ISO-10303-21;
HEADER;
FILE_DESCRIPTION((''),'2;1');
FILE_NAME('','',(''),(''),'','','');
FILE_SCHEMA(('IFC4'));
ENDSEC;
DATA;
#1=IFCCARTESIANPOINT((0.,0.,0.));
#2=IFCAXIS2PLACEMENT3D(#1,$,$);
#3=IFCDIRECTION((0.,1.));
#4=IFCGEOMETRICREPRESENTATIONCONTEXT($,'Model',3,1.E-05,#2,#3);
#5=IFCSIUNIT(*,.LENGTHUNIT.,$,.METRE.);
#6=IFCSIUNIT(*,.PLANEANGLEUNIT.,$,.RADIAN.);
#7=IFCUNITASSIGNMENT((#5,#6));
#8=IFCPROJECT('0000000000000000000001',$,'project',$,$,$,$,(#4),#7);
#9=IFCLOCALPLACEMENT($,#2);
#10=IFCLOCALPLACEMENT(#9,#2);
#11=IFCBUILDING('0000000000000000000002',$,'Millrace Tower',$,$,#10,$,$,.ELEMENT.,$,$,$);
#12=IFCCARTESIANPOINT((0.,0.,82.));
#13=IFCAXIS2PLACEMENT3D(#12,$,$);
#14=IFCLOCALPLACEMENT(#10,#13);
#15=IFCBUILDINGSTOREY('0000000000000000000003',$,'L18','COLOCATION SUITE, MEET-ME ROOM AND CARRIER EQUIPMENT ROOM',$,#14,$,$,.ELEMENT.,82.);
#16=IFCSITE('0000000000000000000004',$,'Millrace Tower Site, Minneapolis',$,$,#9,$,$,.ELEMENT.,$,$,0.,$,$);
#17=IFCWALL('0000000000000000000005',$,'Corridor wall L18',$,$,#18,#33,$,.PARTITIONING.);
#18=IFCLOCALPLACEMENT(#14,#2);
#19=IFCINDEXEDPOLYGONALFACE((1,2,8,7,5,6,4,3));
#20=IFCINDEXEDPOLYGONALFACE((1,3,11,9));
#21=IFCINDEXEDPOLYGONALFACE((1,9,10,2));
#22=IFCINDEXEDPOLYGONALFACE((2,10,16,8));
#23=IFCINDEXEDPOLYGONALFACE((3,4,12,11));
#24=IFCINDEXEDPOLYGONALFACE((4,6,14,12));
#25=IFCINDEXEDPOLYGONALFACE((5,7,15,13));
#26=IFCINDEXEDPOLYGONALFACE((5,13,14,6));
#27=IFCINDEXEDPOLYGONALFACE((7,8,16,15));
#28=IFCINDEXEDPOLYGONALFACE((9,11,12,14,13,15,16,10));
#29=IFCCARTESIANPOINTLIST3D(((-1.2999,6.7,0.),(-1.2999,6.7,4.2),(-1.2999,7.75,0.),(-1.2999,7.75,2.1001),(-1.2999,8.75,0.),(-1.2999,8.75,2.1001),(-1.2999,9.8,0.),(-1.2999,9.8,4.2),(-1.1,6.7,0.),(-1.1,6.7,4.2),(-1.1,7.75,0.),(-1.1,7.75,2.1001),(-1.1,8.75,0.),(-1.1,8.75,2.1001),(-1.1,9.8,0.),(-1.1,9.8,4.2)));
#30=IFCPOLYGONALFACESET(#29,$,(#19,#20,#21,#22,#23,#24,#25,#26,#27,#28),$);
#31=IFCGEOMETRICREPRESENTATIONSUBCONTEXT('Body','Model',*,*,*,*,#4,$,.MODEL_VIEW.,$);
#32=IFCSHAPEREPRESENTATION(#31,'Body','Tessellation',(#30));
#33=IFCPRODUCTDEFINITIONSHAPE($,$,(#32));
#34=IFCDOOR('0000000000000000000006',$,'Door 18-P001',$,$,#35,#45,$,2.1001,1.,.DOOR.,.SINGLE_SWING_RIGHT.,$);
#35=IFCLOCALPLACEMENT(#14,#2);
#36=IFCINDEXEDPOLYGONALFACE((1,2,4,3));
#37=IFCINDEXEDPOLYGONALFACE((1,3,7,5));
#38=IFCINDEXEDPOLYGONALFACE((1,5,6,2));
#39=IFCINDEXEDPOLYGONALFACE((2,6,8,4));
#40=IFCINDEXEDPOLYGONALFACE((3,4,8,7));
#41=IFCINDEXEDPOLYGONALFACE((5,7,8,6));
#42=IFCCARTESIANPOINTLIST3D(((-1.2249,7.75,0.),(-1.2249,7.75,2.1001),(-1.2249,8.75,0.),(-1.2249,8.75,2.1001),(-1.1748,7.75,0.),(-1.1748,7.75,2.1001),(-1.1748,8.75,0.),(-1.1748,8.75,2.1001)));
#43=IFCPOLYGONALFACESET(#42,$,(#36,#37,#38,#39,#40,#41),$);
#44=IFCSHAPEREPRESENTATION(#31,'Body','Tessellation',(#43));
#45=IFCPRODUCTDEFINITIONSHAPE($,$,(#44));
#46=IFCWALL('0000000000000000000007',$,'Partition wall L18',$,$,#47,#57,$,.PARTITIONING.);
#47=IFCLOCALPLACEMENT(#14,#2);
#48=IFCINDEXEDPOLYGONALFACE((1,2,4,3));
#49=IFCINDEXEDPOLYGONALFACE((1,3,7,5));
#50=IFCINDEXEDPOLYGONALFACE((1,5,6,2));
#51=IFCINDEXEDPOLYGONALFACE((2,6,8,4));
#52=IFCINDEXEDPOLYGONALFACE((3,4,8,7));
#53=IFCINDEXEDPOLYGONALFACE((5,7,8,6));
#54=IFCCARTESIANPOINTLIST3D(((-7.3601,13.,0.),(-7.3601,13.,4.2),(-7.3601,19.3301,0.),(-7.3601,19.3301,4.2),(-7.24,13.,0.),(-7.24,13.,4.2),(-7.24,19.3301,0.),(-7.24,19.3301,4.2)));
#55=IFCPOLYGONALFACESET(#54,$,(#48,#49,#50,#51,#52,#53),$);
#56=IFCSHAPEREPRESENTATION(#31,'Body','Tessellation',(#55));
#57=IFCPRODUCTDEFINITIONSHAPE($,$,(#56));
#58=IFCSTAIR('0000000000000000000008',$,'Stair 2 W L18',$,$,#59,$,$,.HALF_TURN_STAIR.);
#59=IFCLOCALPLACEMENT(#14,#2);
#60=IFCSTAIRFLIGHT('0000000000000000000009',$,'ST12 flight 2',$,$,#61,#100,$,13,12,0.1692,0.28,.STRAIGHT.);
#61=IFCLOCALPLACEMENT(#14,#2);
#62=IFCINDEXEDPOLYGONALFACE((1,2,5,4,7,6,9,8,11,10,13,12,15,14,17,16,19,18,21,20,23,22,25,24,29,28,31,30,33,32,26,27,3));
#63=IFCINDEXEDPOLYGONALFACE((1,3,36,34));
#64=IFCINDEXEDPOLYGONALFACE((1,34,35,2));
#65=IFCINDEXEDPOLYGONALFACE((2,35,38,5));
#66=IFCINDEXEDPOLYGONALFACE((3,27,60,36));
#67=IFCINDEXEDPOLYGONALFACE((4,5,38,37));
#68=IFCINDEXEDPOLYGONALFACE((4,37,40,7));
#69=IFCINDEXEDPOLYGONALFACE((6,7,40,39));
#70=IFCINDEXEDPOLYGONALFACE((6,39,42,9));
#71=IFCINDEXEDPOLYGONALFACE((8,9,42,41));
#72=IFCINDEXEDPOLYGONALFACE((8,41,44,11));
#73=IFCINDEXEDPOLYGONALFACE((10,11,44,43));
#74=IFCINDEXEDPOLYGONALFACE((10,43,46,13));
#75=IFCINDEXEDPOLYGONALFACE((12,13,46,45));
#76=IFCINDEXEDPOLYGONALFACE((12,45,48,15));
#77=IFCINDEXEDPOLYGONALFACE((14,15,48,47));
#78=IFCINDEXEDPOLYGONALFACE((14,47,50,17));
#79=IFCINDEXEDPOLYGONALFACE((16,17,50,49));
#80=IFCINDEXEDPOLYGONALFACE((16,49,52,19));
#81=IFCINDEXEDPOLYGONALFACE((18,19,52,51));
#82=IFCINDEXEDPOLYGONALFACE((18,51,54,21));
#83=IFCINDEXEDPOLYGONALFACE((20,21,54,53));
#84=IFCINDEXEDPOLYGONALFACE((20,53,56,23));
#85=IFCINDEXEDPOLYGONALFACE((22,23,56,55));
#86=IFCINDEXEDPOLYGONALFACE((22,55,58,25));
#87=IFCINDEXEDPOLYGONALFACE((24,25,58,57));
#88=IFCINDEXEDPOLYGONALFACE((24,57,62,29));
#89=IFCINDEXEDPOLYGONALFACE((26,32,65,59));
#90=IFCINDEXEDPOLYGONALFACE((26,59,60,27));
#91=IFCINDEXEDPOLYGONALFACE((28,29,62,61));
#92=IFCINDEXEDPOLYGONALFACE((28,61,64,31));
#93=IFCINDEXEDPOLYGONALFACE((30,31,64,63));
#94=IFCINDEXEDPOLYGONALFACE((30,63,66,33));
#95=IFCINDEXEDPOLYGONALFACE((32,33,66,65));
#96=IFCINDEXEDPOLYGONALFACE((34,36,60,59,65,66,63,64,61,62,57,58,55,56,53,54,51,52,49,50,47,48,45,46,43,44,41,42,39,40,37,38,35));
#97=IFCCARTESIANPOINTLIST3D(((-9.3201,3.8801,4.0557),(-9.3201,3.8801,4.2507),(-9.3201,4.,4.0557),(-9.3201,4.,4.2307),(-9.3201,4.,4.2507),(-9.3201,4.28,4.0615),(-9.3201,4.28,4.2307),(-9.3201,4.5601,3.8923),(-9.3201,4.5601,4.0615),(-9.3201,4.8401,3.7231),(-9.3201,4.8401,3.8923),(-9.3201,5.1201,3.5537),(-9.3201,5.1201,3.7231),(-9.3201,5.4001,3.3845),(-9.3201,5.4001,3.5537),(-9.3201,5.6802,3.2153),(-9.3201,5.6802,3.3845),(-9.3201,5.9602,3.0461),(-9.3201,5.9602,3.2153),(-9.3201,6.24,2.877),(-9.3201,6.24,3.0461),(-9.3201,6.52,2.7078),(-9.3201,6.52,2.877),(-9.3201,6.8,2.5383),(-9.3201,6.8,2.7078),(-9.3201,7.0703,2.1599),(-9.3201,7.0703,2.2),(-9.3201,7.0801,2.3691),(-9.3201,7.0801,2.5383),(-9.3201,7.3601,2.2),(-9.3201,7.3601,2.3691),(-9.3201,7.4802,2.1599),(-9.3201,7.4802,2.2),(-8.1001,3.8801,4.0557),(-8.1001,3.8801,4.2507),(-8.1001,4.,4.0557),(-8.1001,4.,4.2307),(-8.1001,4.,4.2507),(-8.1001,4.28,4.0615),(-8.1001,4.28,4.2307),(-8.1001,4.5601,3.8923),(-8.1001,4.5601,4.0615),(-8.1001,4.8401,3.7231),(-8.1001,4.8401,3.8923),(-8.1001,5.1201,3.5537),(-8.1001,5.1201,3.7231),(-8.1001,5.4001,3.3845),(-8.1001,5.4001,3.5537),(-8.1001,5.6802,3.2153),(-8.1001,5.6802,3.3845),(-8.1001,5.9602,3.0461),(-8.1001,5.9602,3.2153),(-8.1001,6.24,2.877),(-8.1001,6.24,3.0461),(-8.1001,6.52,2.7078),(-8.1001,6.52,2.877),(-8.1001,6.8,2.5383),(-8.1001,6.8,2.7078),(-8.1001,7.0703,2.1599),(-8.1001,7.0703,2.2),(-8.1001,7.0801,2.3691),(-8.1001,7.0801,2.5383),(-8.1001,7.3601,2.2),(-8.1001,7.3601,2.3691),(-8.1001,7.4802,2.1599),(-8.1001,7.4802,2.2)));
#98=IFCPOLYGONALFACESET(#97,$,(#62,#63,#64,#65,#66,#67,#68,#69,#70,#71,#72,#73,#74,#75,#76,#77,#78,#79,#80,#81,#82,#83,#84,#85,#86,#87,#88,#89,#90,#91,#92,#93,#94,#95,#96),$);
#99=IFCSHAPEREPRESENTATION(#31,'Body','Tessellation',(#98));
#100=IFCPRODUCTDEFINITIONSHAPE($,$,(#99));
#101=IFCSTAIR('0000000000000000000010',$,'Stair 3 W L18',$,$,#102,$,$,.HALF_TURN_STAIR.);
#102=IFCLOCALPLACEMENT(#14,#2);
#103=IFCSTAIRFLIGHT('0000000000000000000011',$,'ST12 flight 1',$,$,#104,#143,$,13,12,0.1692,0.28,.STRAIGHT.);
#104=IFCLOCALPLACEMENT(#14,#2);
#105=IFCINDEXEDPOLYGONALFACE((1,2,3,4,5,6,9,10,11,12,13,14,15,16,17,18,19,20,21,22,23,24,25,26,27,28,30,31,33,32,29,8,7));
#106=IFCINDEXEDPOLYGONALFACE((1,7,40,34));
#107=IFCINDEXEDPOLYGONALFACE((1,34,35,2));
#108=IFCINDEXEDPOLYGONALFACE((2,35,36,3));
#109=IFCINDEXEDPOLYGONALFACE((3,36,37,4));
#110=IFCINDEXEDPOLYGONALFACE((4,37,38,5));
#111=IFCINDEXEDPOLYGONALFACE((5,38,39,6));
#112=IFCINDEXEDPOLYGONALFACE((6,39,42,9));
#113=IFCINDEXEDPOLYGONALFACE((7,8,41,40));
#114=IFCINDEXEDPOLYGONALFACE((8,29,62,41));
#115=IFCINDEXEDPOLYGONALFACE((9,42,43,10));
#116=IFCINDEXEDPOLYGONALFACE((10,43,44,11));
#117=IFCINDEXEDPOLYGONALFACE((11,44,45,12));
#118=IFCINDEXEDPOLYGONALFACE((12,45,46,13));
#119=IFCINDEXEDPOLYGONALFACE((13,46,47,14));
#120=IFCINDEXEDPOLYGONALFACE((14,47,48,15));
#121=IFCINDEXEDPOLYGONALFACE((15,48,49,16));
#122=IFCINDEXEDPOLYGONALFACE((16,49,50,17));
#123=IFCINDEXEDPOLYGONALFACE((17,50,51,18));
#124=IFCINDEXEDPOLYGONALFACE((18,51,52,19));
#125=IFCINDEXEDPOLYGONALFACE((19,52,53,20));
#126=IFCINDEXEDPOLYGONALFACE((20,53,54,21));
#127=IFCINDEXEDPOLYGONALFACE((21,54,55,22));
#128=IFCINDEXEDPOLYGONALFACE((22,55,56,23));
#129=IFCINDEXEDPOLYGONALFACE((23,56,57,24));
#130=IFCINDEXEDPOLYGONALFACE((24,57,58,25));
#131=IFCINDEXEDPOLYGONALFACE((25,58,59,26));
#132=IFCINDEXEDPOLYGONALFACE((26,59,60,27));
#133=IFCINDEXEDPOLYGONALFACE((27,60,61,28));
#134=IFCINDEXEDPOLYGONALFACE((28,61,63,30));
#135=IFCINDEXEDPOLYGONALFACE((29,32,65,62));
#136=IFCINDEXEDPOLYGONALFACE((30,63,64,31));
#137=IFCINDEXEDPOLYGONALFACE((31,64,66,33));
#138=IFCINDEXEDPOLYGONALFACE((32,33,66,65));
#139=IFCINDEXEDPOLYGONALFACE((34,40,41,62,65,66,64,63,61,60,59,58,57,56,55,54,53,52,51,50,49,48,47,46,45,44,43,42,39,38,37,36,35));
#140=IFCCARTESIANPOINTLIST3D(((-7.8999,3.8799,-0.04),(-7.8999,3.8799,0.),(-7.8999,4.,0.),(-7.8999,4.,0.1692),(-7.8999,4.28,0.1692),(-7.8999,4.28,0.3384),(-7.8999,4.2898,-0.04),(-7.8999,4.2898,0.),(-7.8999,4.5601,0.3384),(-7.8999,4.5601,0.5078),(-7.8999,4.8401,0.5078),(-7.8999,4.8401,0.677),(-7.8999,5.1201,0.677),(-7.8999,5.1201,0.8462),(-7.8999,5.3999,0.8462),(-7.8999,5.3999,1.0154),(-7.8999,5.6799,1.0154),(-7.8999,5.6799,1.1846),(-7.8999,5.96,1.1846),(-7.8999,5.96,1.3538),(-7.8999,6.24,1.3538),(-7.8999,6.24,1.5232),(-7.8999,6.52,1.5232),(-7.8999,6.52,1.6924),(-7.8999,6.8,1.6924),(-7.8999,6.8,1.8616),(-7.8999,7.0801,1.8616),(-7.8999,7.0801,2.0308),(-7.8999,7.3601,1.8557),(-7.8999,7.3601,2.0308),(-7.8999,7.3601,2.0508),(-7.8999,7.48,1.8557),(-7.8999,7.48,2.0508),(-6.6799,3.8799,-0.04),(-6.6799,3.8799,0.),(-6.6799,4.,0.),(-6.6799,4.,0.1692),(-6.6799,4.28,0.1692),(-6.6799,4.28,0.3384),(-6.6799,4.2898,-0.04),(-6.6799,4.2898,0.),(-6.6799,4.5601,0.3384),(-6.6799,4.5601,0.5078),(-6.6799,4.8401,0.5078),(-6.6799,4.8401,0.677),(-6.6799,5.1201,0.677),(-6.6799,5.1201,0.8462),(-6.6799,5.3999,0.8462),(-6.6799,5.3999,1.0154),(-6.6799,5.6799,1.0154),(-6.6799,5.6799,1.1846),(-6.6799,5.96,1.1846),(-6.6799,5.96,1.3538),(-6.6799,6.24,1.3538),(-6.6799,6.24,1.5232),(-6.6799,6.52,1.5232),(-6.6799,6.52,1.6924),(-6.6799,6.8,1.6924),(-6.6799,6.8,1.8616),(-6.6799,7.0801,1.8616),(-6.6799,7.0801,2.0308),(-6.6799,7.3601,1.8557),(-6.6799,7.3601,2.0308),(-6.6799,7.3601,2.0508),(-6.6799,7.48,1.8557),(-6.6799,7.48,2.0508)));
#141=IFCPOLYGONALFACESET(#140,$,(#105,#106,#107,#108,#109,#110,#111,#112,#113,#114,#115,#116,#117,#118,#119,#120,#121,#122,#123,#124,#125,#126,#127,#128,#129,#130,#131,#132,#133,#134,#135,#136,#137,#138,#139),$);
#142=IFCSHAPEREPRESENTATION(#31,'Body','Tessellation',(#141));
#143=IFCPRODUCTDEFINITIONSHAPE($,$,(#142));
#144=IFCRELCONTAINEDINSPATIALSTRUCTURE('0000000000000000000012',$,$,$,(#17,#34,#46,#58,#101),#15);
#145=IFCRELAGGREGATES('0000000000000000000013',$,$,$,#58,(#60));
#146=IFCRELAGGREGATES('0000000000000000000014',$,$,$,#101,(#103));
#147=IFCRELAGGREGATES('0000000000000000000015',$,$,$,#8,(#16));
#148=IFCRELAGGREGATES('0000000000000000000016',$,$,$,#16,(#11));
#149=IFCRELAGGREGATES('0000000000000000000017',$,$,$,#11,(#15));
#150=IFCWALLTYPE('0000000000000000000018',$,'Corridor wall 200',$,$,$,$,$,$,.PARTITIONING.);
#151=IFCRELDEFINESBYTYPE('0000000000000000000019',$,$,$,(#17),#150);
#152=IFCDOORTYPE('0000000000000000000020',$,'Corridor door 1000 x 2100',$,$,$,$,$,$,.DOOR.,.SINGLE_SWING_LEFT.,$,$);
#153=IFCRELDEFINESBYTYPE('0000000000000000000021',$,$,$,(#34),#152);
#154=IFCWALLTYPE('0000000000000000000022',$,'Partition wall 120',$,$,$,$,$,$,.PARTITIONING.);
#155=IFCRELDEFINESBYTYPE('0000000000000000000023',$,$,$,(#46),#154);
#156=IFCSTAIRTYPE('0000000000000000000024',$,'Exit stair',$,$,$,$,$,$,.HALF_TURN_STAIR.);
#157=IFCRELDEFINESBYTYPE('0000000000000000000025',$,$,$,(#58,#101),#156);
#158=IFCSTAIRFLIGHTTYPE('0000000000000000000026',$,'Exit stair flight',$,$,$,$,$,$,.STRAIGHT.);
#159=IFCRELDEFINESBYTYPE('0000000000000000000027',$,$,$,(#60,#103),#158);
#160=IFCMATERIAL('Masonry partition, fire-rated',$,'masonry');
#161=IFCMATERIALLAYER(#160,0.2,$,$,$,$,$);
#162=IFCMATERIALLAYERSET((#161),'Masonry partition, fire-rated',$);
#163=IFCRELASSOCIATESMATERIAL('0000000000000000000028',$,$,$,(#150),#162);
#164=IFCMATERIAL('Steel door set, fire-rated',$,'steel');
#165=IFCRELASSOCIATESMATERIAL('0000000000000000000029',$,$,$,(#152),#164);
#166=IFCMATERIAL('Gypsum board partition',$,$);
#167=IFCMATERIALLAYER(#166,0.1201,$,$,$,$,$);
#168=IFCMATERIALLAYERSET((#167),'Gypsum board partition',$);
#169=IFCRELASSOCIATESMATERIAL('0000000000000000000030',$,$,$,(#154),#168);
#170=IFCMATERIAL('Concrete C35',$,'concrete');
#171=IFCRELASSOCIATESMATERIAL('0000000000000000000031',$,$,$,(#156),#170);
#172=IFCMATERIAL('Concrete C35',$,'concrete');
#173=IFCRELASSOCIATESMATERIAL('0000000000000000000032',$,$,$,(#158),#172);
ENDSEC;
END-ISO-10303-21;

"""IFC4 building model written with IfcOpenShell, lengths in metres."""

from ifc_helpers import new_model, si_unit, direction, frame, frame_2d, origin, place, context, subcontext, project, spatial, polyline, rectangle, outline, extrude, material, layer, layer_set, type_object, element, fill, aggregate, save


model = new_model("IFC4")

# Units and contexts
model_context = context("Model", 3, precision=1e-05, world=origin(), true_north=direction((0.0, 1.0)))
body_context = subcontext(model_context, "Body", "Model", "MODEL_VIEW")
ifc_project = project(units=[si_unit("LENGTHUNIT", "METRE"), si_unit("PLANEANGLEUNIT", "RADIAN")], contexts=[model_context])

# Site, building, storey
site_placement = place(None, origin())
site = spatial("IfcSite", under=ifc_project, at=site_placement, Name="Millrace Tower Site, Minneapolis", CompositionType="ELEMENT", RefElevation=0.0)
building_placement = place(site_placement, origin())
building = spatial("IfcBuilding", under=site, at=building_placement, Name="Millrace Tower", CompositionType="ELEMENT")
storey_placement = place(building_placement, frame((0.0, 0.0, 82.0)))
storey = spatial("IfcBuildingStorey", under=building, at=storey_placement, Name="L18", Description="COLOCATION SUITE, MEET-ME ROOM AND CARRIER EQUIPMENT ROOM", CompositionType="ELEMENT", Elevation=82.0)

# Shared definitions
placement = place(storey_placement, origin())

# Shared definitions
ifc_material_1 = material(Name="Masonry partition, fire-rated", Category="masonry")
ifc_layer_1 = layer(ifc_material_1, 0.2)
ifc_layer_set_1 = layer_set([ifc_layer_1], Name="Masonry partition, fire-rated")
wall_type_1 = type_object("IfcWallType", Name="Corridor wall 200", PredefinedType="PARTITIONING", material=ifc_layer_set_1)

# Wall, opening, door
wall_1_placement = place(storey_placement, frame((-1.2, 6.7, 0.0), z_axis=(0.0, 0.0, 1.0), x_axis=(0.0, 1.0, 0.0)))
wall_1 = element("IfcWall", 1, at=wall_1_placement, inside=storey, type_object=wall_type_1, Name="Corridor wall L18", PredefinedType="PARTITIONING", context=body_context, shape_type="SweptSolid", body=[
    extrude(rectangle(XDim=3.1001, YDim=0.2, at=frame_2d((1.55, 0.0))), origin(), (0.0, 0.0, 1.0), 4.2),
])
opening_placement = place(wall_1_placement, frame((1.05, 0.0, 0.0)))
opening = element("IfcOpeningElement", 2, at=opening_placement, cuts=wall_1, PredefinedType="OPENING", context=body_context, shape_type="SweptSolid", body=[
    extrude(rectangle(XDim=1.0, YDim=2.1001, at=frame_2d((0.5, 1.05))), frame((0.0, 0.1099, 0.0), z_axis=(0.0, -1.0, 0.0), x_axis=(1.0, 0.0, 0.0)), (0.0, 0.0, 1.0), 0.22),
])
ifc_material_2 = material(Name="Steel door set, fire-rated", Category="steel")
door_type = type_object("IfcDoorType", Name="Corridor door 1000 x 2100", OperationType="SINGLE_SWING_LEFT", PredefinedType="DOOR", material=ifc_material_2)
door_placement = place(opening_placement, origin())
door = element("IfcDoor", 3, at=door_placement, inside=storey, type_object=door_type, Name="Door 18-P001", OperationType="SINGLE_SWING_RIGHT", OverallHeight=2.1001, OverallWidth=1.0, PredefinedType="DOOR", context=body_context, shape_type="SweptSolid", body=[
    extrude(rectangle(XDim=1.0, YDim=2.1001, at=frame_2d((0.5, 1.05))), frame((0.0, 0.0249, 0.0), z_axis=(0.0, -1.0, 0.0), x_axis=(1.0, 0.0, 0.0)), (0.0, 0.0, 1.0), 0.05),
])
fill(opening, door)

# Wall
ifc_material_3 = material(Name="Gypsum board partition")
ifc_layer_2 = layer(ifc_material_3, 0.1201)
ifc_layer_set_2 = layer_set([ifc_layer_2], Name="Gypsum board partition")
wall_type_2 = type_object("IfcWallType", Name="Partition wall 120", PredefinedType="PARTITIONING", material=ifc_layer_set_2)
wall_2_placement = place(storey_placement, frame((-7.3, 13.0, 0.0), z_axis=(0.0, 0.0, 1.0), x_axis=(0.0, 1.0, 0.0)))
element("IfcWall", 4, at=wall_2_placement, inside=storey, type_object=wall_type_2, Name="Partition wall L18", PredefinedType="PARTITIONING", context=body_context, shape_type="SweptSolid", body=[
    extrude(rectangle(XDim=6.3301, YDim=0.1201, at=frame_2d((3.165, 0.0))), origin(), (0.0, 0.0, 1.0), 4.2),
])

# Stair, stair flight
ifc_material_4 = material(Name="Concrete C35", Category="concrete")
stair_type = type_object("IfcStairType", Name="Exit stair", PredefinedType="HALF_TURN_STAIR", material=ifc_material_4)
stair_1 = element("IfcStair", 5, at=placement, inside=storey, type_object=stair_type, Name="Stair 2 W L18", PredefinedType="HALF_TURN_STAIR")
ifc_material_5 = material(Name="Concrete C35", Category="concrete")
stair_flight_type = type_object("IfcStairFlightType", Name="Exit stair flight", PredefinedType="STRAIGHT", material=ifc_material_5)
stair_flight_1_placement = place(storey_placement, frame((-8.71, 7.3601, 2.2), z_axis=(0.0, 0.0, 1.0), x_axis=(0.0, -1.0, 0.0)))
stair_flight_1 = element("IfcStairFlight", 6, at=stair_flight_1_placement, type_object=stair_flight_type, Name="ST12 flight 2", NumberOfRisers=13, NumberOfTreads=12, PredefinedType="STRAIGHT", RiserHeight=0.1692, TreadLength=0.28, context=body_context, shape_type="SweptSolid", body=[
    extrude(outline(polyline([(-0.1201, -0.04), (-0.1201, 0.0), (0.0, 0.0), (0.0, 0.1692), (0.28, 0.1692), (0.28, 0.3384), (0.5601, 0.3384), (0.5601, 0.5078), (0.8401, 0.5078), (0.8401, 0.677), (1.1201, 0.677), (1.1201, 0.8462), (1.3999, 0.8462), (1.3999, 1.0154), (1.6799, 1.0154), (1.6799, 1.1846), (1.96, 1.1846), (1.96, 1.3538), (2.24, 1.3538), (2.24, 1.5232), (2.52, 1.5232), (2.52, 1.6924), (2.8, 1.6924), (2.8, 1.8616), (3.0801, 1.8616), (3.0801, 2.0308), (3.3601, 2.0308), (3.3601, 2.0508), (3.48, 2.0508), (3.48, 1.8557), (3.3601, 1.8557), (0.2898, 0.0), (0.2898, -0.04), (-0.1201, -0.04)])), frame((0.0, 0.6099, 0.0), z_axis=(0.0, -1.0, 0.0), x_axis=(1.0, 0.0, 0.0)), (0.0, 0.0, 1.0), 1.22),
])
aggregate(stair_1, [stair_flight_1])

# Stair, stair flight
stair_2 = element("IfcStair", 7, at=placement, inside=storey, type_object=stair_type, Name="Stair 3 W L18", PredefinedType="HALF_TURN_STAIR")
stair_flight_2_placement = place(storey_placement, frame((-7.29, 4.0, 0.0), z_axis=(0.0, 0.0, 1.0), x_axis=(0.0, 1.0, 0.0)))
stair_flight_2 = element("IfcStairFlight", 8, at=stair_flight_2_placement, type_object=stair_flight_type, Name="ST12 flight 1", NumberOfRisers=13, NumberOfTreads=12, PredefinedType="STRAIGHT", RiserHeight=0.1692, TreadLength=0.28, context=body_context, shape_type="SweptSolid", body=[
    extrude(outline(polyline([(-0.1201, -0.04), (-0.1201, 0.0), (0.0, 0.0), (0.0, 0.1692), (0.28, 0.1692), (0.28, 0.3384), (0.5601, 0.3384), (0.5601, 0.5078), (0.8401, 0.5078), (0.8401, 0.677), (1.1201, 0.677), (1.1201, 0.8462), (1.3999, 0.8462), (1.3999, 1.0154), (1.6799, 1.0154), (1.6799, 1.1846), (1.96, 1.1846), (1.96, 1.3538), (2.24, 1.3538), (2.24, 1.5232), (2.52, 1.5232), (2.52, 1.6924), (2.8, 1.6924), (2.8, 1.8616), (3.0801, 1.8616), (3.0801, 2.0308), (3.3601, 2.0308), (3.3601, 2.0508), (3.48, 2.0508), (3.48, 1.8557), (3.3601, 1.8557), (0.2898, 0.0), (0.2898, -0.04), (-0.1201, -0.04)])), frame((0.0, 0.6099, 0.0), z_axis=(0.0, -1.0, 0.0), x_axis=(1.0, 0.0, 0.0)), (0.0, 0.0, 1.0), 1.22),
])
aggregate(stair_2, [stair_flight_2])

save(model, "model.ifc")
